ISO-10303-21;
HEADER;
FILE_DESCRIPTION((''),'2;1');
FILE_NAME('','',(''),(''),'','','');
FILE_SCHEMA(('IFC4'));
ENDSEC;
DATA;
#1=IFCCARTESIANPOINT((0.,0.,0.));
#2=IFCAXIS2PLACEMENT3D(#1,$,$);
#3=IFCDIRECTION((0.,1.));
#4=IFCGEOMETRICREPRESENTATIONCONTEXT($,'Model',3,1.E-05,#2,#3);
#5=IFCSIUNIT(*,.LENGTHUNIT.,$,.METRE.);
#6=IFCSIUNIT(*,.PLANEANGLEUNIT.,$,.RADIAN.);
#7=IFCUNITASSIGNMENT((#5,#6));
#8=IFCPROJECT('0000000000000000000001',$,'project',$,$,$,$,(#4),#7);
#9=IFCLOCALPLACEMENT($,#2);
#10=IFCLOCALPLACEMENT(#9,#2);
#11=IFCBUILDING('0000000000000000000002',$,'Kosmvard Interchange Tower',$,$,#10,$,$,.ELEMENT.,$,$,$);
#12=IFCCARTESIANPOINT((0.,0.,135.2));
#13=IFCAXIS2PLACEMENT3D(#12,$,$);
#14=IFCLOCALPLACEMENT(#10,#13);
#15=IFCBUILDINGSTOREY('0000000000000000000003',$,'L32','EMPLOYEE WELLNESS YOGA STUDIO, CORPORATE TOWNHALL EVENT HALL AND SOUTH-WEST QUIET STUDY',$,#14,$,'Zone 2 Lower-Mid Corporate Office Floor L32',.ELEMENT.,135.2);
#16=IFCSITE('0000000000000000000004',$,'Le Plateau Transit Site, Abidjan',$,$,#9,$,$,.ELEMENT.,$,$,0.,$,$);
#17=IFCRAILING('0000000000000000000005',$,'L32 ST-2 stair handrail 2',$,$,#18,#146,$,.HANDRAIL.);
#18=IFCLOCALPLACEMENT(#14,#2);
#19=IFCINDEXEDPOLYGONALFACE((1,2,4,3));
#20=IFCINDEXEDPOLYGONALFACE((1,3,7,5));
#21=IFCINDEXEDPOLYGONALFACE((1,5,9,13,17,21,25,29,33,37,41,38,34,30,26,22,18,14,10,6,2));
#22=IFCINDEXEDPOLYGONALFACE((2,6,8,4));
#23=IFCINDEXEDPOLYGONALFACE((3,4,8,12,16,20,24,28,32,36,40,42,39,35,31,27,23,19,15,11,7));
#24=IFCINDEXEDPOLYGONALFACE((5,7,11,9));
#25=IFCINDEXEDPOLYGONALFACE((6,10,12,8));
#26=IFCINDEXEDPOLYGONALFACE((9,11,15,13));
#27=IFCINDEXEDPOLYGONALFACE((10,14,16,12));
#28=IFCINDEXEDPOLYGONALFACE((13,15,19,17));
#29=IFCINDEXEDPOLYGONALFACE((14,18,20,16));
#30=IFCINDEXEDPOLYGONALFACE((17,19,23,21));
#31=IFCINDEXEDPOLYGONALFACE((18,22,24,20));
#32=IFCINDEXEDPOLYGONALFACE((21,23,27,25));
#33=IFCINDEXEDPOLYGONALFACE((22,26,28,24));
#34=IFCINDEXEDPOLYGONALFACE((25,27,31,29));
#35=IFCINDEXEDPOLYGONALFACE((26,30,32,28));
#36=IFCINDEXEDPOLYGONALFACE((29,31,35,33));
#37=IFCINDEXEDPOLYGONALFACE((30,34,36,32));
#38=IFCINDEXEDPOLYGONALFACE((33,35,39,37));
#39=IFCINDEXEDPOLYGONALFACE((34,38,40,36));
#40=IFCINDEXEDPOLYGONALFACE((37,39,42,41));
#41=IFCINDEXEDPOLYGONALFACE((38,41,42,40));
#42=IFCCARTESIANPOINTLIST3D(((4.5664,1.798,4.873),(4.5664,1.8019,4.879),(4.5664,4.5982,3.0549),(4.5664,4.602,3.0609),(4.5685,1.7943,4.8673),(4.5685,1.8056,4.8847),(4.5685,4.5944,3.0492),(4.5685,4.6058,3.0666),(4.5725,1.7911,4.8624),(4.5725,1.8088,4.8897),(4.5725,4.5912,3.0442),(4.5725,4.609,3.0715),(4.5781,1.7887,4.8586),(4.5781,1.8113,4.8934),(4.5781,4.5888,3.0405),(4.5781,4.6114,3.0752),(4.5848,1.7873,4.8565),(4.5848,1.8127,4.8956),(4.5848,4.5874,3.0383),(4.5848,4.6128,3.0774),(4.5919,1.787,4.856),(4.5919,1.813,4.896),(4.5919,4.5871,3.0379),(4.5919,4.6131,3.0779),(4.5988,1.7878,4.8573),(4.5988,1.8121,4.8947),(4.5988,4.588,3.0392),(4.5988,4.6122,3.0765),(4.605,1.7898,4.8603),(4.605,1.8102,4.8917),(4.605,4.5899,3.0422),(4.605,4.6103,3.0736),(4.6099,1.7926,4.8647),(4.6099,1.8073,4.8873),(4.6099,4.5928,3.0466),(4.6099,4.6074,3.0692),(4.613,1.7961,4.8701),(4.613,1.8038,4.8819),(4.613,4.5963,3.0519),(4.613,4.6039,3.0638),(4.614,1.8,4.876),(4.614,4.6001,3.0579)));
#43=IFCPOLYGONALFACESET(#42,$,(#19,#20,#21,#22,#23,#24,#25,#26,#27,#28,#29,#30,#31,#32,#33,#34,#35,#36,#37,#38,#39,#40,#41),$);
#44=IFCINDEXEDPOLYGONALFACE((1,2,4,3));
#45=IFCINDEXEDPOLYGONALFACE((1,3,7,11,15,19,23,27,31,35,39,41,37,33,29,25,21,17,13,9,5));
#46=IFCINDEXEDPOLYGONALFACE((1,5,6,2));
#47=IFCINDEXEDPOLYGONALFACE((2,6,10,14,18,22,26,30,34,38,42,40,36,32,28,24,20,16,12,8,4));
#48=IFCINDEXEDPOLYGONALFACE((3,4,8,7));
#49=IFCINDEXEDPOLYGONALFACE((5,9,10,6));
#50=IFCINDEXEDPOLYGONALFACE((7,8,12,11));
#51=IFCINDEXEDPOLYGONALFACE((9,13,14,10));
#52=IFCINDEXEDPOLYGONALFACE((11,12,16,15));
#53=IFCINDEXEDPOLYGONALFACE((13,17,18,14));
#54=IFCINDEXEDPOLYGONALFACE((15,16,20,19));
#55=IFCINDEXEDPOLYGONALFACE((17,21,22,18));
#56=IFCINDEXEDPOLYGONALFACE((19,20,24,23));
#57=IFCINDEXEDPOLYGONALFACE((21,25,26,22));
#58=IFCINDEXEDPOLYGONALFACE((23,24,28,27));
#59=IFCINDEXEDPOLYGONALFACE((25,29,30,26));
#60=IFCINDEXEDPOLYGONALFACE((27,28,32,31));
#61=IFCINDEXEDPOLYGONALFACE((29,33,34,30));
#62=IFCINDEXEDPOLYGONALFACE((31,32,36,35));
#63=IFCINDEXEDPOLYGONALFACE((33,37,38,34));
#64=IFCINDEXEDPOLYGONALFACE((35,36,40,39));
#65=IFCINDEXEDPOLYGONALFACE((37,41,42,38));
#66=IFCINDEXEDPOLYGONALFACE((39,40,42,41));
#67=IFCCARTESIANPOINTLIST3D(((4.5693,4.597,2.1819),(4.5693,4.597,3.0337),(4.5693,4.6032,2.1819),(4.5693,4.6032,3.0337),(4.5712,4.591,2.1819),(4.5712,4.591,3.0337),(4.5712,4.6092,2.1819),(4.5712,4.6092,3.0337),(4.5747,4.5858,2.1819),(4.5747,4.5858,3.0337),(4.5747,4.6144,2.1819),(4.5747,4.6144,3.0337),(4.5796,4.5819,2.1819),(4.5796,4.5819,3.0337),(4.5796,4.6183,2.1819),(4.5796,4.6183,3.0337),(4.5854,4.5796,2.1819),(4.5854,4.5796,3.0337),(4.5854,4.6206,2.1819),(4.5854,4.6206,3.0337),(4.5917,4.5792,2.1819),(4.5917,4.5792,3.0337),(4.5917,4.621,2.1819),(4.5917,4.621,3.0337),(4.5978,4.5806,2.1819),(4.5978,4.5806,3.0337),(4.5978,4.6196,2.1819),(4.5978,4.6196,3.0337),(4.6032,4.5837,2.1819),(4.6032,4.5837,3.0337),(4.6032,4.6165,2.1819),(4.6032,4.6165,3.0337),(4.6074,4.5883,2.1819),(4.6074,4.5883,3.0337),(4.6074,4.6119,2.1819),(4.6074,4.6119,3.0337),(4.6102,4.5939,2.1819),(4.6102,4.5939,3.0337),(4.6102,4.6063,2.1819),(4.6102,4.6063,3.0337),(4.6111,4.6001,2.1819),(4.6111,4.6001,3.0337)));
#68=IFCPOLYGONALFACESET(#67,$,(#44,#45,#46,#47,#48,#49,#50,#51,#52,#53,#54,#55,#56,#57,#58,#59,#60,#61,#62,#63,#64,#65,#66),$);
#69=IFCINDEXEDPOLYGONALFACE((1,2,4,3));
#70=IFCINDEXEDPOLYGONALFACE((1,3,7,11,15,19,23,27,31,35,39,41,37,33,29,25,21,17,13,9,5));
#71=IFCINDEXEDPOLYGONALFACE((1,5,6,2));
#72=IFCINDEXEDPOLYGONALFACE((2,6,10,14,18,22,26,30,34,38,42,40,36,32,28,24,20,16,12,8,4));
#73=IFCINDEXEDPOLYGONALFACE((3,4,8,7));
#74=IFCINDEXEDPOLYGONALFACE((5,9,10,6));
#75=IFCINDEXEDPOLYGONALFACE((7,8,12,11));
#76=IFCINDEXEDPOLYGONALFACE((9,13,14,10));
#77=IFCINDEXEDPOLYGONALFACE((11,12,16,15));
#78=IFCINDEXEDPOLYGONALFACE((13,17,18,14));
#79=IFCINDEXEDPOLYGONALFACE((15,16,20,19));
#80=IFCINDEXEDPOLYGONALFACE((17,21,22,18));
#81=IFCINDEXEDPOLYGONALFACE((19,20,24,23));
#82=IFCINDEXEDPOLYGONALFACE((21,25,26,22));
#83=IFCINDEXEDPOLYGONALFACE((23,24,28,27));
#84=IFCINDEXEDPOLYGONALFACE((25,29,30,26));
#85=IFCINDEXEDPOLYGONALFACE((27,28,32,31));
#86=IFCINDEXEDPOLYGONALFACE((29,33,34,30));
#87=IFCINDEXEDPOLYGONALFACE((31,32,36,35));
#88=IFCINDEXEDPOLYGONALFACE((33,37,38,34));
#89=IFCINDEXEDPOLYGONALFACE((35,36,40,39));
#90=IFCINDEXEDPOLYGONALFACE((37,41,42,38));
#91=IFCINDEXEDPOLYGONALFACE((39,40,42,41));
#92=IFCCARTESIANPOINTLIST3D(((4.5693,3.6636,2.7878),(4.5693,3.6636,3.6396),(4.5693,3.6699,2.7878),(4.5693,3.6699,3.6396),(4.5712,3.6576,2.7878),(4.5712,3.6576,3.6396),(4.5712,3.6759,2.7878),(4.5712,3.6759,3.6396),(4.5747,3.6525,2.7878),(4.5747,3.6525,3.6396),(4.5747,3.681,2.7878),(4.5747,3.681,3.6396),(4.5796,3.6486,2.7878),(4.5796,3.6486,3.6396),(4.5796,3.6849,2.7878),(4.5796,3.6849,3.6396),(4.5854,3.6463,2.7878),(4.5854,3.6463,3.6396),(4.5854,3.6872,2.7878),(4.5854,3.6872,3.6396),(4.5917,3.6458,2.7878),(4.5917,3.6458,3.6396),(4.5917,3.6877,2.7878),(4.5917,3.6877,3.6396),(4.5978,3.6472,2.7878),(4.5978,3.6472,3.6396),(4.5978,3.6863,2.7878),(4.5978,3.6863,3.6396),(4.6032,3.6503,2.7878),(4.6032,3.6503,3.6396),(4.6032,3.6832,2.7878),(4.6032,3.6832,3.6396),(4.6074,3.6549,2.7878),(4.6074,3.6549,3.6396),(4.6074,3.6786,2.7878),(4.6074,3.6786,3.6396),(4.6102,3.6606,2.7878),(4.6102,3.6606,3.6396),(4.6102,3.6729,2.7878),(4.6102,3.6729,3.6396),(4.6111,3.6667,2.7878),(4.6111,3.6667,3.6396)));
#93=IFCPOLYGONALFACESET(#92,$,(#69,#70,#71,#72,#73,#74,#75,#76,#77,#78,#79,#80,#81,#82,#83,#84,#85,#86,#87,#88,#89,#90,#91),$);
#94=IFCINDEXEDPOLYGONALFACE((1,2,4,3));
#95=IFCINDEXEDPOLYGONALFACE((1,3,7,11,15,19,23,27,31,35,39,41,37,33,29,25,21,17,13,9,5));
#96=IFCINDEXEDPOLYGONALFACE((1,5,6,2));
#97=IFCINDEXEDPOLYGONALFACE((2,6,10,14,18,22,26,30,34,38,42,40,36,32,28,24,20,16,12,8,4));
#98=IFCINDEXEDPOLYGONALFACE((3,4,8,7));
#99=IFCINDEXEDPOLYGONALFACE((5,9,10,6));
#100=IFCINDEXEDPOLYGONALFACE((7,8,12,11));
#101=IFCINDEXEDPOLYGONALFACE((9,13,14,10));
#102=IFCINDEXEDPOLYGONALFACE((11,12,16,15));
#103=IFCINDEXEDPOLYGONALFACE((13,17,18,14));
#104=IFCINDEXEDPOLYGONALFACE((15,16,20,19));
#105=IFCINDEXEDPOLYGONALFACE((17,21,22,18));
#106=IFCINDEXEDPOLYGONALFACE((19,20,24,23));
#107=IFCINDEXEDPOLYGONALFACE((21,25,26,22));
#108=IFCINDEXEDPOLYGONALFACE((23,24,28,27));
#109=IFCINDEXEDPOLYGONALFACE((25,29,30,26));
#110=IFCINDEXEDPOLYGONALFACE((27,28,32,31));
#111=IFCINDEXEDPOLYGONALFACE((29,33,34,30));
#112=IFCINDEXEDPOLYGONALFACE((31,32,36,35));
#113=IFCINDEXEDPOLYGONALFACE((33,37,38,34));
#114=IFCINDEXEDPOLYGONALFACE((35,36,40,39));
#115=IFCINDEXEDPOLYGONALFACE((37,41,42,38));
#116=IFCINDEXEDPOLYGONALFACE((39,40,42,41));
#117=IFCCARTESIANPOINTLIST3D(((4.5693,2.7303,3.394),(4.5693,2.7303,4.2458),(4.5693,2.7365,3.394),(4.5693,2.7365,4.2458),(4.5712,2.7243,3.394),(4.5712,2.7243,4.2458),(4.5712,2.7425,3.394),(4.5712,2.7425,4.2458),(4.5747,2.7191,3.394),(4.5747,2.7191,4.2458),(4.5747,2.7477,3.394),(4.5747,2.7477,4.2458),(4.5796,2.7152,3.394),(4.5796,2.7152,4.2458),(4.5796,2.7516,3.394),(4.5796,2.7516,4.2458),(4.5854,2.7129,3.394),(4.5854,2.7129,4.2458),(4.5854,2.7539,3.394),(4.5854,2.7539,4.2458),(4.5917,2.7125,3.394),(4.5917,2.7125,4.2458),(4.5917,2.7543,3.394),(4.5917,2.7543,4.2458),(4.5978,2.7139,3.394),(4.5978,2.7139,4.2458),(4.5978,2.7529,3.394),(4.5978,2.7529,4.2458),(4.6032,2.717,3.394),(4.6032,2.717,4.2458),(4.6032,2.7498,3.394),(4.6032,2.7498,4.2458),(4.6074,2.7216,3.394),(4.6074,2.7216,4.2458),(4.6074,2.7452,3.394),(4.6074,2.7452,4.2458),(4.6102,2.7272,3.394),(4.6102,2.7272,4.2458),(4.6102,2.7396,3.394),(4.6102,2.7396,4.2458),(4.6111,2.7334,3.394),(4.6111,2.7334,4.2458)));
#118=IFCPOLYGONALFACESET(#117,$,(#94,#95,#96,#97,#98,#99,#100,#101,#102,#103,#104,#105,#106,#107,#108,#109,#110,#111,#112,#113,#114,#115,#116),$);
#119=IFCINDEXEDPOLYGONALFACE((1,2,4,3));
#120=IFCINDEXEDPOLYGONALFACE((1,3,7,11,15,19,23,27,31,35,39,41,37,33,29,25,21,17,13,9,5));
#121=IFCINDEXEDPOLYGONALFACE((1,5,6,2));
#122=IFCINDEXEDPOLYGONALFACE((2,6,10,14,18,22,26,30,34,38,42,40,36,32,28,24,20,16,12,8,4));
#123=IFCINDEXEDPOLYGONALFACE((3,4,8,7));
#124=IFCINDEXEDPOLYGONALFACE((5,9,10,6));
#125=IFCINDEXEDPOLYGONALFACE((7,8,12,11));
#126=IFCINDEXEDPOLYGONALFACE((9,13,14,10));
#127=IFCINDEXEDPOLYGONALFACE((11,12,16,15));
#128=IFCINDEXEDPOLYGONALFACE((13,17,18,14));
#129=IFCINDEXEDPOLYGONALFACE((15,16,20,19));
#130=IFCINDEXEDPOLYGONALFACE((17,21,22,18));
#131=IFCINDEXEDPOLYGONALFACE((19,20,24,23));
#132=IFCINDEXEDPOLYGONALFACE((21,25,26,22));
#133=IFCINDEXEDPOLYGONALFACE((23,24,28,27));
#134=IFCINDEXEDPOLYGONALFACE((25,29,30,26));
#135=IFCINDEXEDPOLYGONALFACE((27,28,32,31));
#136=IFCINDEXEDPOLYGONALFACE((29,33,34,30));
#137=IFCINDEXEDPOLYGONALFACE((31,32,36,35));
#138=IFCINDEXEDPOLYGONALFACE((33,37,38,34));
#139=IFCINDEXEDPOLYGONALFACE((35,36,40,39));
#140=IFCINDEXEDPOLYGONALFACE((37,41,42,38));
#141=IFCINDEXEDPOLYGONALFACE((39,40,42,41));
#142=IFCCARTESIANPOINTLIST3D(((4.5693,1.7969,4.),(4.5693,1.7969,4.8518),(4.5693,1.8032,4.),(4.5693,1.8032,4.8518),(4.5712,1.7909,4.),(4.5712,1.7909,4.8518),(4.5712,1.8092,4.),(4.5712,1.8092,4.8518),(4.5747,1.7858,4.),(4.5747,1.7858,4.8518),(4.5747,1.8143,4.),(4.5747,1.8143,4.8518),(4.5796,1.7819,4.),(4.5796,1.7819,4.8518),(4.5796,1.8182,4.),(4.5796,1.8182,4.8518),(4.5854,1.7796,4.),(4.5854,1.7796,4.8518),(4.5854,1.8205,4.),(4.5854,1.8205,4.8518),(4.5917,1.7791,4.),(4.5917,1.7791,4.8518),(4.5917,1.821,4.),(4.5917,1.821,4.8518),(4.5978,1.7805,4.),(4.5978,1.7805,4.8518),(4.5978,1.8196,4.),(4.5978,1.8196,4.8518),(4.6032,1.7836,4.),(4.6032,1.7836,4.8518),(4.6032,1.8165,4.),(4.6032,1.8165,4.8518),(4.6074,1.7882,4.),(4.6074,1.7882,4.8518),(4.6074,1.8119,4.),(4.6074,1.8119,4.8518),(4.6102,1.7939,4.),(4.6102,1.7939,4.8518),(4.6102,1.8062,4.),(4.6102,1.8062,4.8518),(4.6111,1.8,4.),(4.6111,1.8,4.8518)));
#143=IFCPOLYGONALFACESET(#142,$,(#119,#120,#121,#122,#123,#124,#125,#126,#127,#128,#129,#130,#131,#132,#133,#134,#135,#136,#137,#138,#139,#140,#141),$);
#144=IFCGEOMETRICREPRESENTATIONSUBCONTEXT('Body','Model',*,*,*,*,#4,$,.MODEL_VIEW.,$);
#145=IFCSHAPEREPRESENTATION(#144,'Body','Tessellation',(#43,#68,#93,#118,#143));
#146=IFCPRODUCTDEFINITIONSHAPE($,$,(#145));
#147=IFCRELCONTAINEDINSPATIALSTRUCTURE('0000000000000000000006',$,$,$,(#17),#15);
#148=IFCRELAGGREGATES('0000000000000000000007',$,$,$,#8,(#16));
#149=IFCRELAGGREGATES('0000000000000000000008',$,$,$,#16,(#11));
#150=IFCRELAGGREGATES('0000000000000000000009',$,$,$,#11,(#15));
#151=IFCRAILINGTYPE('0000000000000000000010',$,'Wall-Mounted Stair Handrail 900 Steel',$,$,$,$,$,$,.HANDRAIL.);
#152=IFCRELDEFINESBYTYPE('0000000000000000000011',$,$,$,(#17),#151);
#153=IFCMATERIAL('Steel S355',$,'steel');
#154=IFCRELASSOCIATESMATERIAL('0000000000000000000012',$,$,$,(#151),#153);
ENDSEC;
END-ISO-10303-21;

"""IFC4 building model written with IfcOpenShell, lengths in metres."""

from ifc_helpers import new_model, si_unit, direction, frame, origin, origin_2d, place, context, subcontext, project, spatial, circle, extrude, source, transform, mapped, material, type_object, element, save


model = new_model("IFC4")

# Units and contexts
model_context = context("Model", 3, precision=1e-05, world=origin(), true_north=direction((0.0, 1.0)))
body_context = subcontext(model_context, "Body", "Model", "MODEL_VIEW")
ifc_project = project(units=[si_unit("LENGTHUNIT", "METRE"), si_unit("PLANEANGLEUNIT", "RADIAN")], contexts=[model_context])

# Site, building, storey
site_placement = place(None, origin())
site = spatial("IfcSite", under=ifc_project, at=site_placement, Name="Le Plateau Transit Site, Abidjan", CompositionType="ELEMENT", RefElevation=0.0)
building_placement = place(site_placement, origin())
building = spatial("IfcBuilding", under=site, at=building_placement, Name="Kosmvard Interchange Tower", CompositionType="ELEMENT")
storey_placement = place(building_placement, frame((0.0, 0.0, 135.2)))
storey = spatial("IfcBuildingStorey", under=building, at=storey_placement, Name="L32", Description="EMPLOYEE WELLNESS YOGA STUDIO, CORPORATE TOWNHALL EVENT HALL AND SOUTH-WEST QUIET STUDY", LongName="Zone 2 Lower-Mid Corporate Office Floor L32", CompositionType="ELEMENT", Elevation=135.2)

# Shared definitions
ifc_material_1 = material(Name="Steel S355", Category="steel")

# Railing
railing_type_1 = type_object("IfcRailingType", Name="Wall-Mounted Stair Handrail 900 Steel", PredefinedType="HANDRAIL", material=ifc_material_1)
shared_shape_1 = source(origin(), body_context, "Body", "SweptSolid", [
    extrude(circle(Radius=0.0239, at=origin_2d()), frame((0.0, 0.0, 0.876), z_axis=(0.0, -0.838706, 0.544585), x_axis=(1.0, 0.0, 0.0)), (0.0, 0.0, 1.0), 3.3386),
    extrude(circle(Radius=0.021, at=origin_2d()), origin(), (0.0, 0.0, 1.0), 0.8518),
    extrude(circle(Radius=0.021, at=origin_2d()), frame((0.0, -0.9333, 0.606)), (0.0, 0.0, 1.0), 0.8518),
    extrude(circle(Radius=0.021, at=origin_2d()), frame((0.0, -1.8667, 1.2122)), (0.0, 0.0, 1.0), 0.8518),
    extrude(circle(Radius=0.021, at=origin_2d()), frame((0.0, -2.8, 1.8181)), (0.0, 0.0, 1.0), 0.8518),
])
railing_1_placement = place(storey_placement, frame((4.5901, 4.6001, 2.1819)))
element("IfcRailing", 1, at=railing_1_placement, inside=storey, type_object=railing_type_1, Name="L32 ST-2 stair handrail 2", PredefinedType="HANDRAIL", context=body_context, shape_type="MappedRepresentation", body=[
    mapped(shared_shape_1, transform((0.0, 0.0, 0.0), scale=1.0)),
])

save(model, "model.ifc")
